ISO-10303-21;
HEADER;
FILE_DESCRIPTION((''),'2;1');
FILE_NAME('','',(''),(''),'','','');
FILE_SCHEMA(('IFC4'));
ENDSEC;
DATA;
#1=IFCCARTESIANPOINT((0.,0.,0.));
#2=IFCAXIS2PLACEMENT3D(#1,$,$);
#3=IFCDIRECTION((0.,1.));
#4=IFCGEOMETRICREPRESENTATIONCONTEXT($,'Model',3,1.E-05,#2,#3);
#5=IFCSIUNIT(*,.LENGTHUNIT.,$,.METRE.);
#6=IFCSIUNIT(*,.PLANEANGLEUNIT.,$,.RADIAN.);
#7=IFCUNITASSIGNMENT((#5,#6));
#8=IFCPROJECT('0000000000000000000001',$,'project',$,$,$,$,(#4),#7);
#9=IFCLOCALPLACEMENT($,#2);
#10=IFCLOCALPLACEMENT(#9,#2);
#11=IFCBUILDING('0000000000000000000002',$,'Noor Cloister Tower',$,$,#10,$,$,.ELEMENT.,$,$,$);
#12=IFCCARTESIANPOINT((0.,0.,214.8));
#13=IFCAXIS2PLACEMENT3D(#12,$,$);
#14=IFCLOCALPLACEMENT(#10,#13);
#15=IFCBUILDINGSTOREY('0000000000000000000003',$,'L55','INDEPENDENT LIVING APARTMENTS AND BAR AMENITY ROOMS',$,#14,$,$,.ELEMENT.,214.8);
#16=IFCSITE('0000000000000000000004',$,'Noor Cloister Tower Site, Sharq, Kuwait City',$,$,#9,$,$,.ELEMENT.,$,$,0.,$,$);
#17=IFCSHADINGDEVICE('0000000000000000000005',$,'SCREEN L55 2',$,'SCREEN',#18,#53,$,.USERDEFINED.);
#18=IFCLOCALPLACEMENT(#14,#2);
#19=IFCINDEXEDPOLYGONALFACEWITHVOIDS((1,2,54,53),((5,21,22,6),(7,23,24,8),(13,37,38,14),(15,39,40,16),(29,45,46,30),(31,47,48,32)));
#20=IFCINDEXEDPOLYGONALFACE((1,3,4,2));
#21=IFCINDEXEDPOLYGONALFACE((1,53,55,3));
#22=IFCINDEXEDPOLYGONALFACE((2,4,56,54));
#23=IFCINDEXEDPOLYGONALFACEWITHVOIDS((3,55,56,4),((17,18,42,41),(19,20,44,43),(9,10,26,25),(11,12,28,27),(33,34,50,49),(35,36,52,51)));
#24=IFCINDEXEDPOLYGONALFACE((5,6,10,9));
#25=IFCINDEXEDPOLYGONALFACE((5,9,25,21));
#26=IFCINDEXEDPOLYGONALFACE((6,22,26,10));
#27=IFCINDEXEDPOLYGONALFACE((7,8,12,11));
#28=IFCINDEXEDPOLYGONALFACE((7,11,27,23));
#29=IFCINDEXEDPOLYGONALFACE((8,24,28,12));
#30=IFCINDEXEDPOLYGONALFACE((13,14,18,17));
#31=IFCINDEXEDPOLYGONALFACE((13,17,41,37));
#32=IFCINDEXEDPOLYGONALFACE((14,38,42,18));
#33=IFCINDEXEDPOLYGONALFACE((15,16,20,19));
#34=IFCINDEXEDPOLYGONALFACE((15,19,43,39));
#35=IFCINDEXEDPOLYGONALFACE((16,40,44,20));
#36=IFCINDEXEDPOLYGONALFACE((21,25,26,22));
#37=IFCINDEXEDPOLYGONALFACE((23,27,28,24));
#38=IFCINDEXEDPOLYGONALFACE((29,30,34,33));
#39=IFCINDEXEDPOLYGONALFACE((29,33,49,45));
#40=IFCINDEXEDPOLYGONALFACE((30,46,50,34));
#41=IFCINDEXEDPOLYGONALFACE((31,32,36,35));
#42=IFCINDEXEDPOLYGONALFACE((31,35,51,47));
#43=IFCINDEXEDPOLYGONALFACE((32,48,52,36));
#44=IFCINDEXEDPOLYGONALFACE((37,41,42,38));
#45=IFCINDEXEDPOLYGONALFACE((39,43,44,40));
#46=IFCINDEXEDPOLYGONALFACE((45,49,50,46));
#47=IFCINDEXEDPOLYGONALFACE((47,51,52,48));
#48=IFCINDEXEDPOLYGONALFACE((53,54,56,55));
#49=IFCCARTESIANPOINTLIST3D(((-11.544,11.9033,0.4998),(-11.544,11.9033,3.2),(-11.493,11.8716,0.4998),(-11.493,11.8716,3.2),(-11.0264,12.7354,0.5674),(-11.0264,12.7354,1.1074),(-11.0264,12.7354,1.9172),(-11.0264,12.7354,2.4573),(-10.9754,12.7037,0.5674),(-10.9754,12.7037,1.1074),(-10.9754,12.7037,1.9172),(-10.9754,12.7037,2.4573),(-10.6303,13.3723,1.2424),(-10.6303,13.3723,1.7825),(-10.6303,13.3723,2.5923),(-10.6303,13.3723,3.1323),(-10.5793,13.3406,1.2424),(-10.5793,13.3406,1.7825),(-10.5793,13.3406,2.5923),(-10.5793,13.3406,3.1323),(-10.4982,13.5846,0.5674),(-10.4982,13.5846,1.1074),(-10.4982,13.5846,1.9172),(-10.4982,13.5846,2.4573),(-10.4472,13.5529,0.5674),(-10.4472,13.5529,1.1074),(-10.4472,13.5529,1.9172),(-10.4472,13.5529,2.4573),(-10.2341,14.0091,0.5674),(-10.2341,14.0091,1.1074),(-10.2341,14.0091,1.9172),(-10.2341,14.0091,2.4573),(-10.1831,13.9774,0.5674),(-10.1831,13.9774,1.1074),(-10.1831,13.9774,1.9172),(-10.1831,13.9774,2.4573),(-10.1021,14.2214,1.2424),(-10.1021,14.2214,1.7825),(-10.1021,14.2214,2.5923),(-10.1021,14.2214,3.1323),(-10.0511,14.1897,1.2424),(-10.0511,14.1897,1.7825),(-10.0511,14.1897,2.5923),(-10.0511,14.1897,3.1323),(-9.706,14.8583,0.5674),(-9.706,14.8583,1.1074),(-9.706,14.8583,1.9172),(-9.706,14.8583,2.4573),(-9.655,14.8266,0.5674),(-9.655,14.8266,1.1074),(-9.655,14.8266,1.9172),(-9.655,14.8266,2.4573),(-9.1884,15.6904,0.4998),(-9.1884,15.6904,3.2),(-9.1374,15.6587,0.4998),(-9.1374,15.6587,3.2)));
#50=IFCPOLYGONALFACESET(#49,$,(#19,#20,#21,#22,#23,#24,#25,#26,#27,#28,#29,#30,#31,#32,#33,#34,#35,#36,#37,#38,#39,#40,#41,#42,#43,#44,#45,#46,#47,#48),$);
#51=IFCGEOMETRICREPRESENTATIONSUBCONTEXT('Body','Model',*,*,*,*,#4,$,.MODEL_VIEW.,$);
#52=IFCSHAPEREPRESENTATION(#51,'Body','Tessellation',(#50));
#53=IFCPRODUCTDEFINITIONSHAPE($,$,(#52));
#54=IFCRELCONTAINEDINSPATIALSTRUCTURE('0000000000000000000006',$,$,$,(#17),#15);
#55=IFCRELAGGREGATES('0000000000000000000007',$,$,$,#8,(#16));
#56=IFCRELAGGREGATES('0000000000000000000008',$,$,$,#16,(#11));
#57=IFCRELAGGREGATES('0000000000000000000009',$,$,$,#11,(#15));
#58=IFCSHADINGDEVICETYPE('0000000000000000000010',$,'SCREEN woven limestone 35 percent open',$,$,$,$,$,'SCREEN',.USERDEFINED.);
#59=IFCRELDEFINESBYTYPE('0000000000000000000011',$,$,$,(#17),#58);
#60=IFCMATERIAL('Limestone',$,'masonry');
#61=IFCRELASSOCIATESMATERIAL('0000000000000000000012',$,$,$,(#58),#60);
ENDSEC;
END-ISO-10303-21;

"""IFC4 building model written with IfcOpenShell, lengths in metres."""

from ifc_helpers import new_model, si_unit, direction, frame, origin, place, context, subcontext, project, spatial, polyline, outline, extrude, material, material_profile, profile_set, type_object, element, save


model = new_model("IFC4")

# Units and contexts
model_context = context("Model", 3, precision=1e-05, world=origin(), true_north=direction((0.0, 1.0)))
body_context = subcontext(model_context, "Body", "Model", "MODEL_VIEW")
ifc_project = project(units=[si_unit("LENGTHUNIT", "METRE"), si_unit("PLANEANGLEUNIT", "RADIAN")], contexts=[model_context])

# Site, building, storey
site_placement = place(None, origin())
site = spatial("IfcSite", under=ifc_project, at=site_placement, Name="Noor Cloister Tower Site, Sharq, Kuwait City", CompositionType="ELEMENT", RefElevation=0.0)
building_placement = place(site_placement, origin())
building = spatial("IfcBuilding", under=site, at=building_placement, Name="Noor Cloister Tower", CompositionType="ELEMENT")
storey_placement = place(building_placement, frame((0.0, 0.0, 214.8)))
storey = spatial("IfcBuildingStorey", under=building, at=storey_placement, Name="L55", Description="INDEPENDENT LIVING APARTMENTS AND BAR AMENITY ROOMS", CompositionType="ELEMENT", Elevation=214.8)

# Shading device
ifc_material_1 = material(Name="Limestone", Category="masonry")
ifc_material_profile_1 = material_profile(ifc_material_1, outline(polyline([(-2.23, -1.3501), (2.23, -1.3501), (2.23, 1.3501), (-2.23, 1.3501), (-2.23, -1.3501)]), holes=[polyline([(-1.25, -1.2825), (-0.25, -1.2825), (-0.25, -0.7424), (-1.25, -0.7424), (-1.25, -1.2825)]), polyline([(0.25, -1.2825), (1.25, -1.2825), (1.25, -0.7424), (0.25, -0.7424), (0.25, -1.2825)]), polyline([(-0.5, -0.6074), (0.5, -0.6074), (0.5, -0.0674), (-0.5, -0.0674), (-0.5, -0.6074)]), polyline([(-1.25, 0.0674), (-0.25, 0.0674), (-0.25, 0.6074), (-1.25, 0.6074), (-1.25, 0.0674)]), polyline([(0.25, 0.0674), (1.25, 0.0674), (1.25, 0.6074), (0.25, 0.6074), (0.25, 0.0674)]), polyline([(-0.5, 0.7424), (0.5, 0.7424), (0.5, 1.2825), (-0.5, 1.2825), (-0.5, 0.7424)])]), Name="Woven screen 35 percent open")
ifc_profile_set_1 = profile_set([ifc_material_profile_1], Name="Limestone")
shading_device_type = type_object("IfcShadingDeviceType", Name="SCREEN woven limestone 35 percent open", ElementType="SCREEN", PredefinedType="USERDEFINED", material=ifc_profile_set_1)
shading_device_1_placement = place(storey_placement, frame((-10.3152, 13.7651, 1.8499), z_axis=(-0.849138, 0.528172, 0.0), x_axis=(-0.528172, -0.849138, 0.0)))
element("IfcShadingDevice", 1, at=shading_device_1_placement, inside=storey, type_object=shading_device_type, Name="SCREEN L55 2", ObjectType="SCREEN", PredefinedType="USERDEFINED", context=body_context, shape_type="SweptSolid", body=[
    extrude(outline(polyline([(-2.23, -1.3501), (2.23, -1.3501), (2.23, 1.3501), (-2.23, 1.3501), (-2.23, -1.3501)]), holes=[polyline([(-1.25, -1.2825), (-0.25, -1.2825), (-0.25, -0.7424), (-1.25, -0.7424), (-1.25, -1.2825)]), polyline([(0.25, -1.2825), (1.25, -1.2825), (1.25, -0.7424), (0.25, -0.7424), (0.25, -1.2825)]), polyline([(-0.5, -0.6074), (0.5, -0.6074), (0.5, -0.0674), (-0.5, -0.0674), (-0.5, -0.6074)]), polyline([(-1.25, 0.0674), (-0.25, 0.0674), (-0.25, 0.6074), (-1.25, 0.6074), (-1.25, 0.0674)]), polyline([(0.25, 0.0674), (1.25, 0.0674), (1.25, 0.6074), (0.25, 0.6074), (0.25, 0.0674)]), polyline([(-0.5, 0.7424), (0.5, 0.7424), (0.5, 1.2825), (-0.5, 1.2825), (-0.5, 0.7424)])]), origin(), (0.0, 0.0, 1.0), 0.0601),
])

save(model, "model.ifc")
